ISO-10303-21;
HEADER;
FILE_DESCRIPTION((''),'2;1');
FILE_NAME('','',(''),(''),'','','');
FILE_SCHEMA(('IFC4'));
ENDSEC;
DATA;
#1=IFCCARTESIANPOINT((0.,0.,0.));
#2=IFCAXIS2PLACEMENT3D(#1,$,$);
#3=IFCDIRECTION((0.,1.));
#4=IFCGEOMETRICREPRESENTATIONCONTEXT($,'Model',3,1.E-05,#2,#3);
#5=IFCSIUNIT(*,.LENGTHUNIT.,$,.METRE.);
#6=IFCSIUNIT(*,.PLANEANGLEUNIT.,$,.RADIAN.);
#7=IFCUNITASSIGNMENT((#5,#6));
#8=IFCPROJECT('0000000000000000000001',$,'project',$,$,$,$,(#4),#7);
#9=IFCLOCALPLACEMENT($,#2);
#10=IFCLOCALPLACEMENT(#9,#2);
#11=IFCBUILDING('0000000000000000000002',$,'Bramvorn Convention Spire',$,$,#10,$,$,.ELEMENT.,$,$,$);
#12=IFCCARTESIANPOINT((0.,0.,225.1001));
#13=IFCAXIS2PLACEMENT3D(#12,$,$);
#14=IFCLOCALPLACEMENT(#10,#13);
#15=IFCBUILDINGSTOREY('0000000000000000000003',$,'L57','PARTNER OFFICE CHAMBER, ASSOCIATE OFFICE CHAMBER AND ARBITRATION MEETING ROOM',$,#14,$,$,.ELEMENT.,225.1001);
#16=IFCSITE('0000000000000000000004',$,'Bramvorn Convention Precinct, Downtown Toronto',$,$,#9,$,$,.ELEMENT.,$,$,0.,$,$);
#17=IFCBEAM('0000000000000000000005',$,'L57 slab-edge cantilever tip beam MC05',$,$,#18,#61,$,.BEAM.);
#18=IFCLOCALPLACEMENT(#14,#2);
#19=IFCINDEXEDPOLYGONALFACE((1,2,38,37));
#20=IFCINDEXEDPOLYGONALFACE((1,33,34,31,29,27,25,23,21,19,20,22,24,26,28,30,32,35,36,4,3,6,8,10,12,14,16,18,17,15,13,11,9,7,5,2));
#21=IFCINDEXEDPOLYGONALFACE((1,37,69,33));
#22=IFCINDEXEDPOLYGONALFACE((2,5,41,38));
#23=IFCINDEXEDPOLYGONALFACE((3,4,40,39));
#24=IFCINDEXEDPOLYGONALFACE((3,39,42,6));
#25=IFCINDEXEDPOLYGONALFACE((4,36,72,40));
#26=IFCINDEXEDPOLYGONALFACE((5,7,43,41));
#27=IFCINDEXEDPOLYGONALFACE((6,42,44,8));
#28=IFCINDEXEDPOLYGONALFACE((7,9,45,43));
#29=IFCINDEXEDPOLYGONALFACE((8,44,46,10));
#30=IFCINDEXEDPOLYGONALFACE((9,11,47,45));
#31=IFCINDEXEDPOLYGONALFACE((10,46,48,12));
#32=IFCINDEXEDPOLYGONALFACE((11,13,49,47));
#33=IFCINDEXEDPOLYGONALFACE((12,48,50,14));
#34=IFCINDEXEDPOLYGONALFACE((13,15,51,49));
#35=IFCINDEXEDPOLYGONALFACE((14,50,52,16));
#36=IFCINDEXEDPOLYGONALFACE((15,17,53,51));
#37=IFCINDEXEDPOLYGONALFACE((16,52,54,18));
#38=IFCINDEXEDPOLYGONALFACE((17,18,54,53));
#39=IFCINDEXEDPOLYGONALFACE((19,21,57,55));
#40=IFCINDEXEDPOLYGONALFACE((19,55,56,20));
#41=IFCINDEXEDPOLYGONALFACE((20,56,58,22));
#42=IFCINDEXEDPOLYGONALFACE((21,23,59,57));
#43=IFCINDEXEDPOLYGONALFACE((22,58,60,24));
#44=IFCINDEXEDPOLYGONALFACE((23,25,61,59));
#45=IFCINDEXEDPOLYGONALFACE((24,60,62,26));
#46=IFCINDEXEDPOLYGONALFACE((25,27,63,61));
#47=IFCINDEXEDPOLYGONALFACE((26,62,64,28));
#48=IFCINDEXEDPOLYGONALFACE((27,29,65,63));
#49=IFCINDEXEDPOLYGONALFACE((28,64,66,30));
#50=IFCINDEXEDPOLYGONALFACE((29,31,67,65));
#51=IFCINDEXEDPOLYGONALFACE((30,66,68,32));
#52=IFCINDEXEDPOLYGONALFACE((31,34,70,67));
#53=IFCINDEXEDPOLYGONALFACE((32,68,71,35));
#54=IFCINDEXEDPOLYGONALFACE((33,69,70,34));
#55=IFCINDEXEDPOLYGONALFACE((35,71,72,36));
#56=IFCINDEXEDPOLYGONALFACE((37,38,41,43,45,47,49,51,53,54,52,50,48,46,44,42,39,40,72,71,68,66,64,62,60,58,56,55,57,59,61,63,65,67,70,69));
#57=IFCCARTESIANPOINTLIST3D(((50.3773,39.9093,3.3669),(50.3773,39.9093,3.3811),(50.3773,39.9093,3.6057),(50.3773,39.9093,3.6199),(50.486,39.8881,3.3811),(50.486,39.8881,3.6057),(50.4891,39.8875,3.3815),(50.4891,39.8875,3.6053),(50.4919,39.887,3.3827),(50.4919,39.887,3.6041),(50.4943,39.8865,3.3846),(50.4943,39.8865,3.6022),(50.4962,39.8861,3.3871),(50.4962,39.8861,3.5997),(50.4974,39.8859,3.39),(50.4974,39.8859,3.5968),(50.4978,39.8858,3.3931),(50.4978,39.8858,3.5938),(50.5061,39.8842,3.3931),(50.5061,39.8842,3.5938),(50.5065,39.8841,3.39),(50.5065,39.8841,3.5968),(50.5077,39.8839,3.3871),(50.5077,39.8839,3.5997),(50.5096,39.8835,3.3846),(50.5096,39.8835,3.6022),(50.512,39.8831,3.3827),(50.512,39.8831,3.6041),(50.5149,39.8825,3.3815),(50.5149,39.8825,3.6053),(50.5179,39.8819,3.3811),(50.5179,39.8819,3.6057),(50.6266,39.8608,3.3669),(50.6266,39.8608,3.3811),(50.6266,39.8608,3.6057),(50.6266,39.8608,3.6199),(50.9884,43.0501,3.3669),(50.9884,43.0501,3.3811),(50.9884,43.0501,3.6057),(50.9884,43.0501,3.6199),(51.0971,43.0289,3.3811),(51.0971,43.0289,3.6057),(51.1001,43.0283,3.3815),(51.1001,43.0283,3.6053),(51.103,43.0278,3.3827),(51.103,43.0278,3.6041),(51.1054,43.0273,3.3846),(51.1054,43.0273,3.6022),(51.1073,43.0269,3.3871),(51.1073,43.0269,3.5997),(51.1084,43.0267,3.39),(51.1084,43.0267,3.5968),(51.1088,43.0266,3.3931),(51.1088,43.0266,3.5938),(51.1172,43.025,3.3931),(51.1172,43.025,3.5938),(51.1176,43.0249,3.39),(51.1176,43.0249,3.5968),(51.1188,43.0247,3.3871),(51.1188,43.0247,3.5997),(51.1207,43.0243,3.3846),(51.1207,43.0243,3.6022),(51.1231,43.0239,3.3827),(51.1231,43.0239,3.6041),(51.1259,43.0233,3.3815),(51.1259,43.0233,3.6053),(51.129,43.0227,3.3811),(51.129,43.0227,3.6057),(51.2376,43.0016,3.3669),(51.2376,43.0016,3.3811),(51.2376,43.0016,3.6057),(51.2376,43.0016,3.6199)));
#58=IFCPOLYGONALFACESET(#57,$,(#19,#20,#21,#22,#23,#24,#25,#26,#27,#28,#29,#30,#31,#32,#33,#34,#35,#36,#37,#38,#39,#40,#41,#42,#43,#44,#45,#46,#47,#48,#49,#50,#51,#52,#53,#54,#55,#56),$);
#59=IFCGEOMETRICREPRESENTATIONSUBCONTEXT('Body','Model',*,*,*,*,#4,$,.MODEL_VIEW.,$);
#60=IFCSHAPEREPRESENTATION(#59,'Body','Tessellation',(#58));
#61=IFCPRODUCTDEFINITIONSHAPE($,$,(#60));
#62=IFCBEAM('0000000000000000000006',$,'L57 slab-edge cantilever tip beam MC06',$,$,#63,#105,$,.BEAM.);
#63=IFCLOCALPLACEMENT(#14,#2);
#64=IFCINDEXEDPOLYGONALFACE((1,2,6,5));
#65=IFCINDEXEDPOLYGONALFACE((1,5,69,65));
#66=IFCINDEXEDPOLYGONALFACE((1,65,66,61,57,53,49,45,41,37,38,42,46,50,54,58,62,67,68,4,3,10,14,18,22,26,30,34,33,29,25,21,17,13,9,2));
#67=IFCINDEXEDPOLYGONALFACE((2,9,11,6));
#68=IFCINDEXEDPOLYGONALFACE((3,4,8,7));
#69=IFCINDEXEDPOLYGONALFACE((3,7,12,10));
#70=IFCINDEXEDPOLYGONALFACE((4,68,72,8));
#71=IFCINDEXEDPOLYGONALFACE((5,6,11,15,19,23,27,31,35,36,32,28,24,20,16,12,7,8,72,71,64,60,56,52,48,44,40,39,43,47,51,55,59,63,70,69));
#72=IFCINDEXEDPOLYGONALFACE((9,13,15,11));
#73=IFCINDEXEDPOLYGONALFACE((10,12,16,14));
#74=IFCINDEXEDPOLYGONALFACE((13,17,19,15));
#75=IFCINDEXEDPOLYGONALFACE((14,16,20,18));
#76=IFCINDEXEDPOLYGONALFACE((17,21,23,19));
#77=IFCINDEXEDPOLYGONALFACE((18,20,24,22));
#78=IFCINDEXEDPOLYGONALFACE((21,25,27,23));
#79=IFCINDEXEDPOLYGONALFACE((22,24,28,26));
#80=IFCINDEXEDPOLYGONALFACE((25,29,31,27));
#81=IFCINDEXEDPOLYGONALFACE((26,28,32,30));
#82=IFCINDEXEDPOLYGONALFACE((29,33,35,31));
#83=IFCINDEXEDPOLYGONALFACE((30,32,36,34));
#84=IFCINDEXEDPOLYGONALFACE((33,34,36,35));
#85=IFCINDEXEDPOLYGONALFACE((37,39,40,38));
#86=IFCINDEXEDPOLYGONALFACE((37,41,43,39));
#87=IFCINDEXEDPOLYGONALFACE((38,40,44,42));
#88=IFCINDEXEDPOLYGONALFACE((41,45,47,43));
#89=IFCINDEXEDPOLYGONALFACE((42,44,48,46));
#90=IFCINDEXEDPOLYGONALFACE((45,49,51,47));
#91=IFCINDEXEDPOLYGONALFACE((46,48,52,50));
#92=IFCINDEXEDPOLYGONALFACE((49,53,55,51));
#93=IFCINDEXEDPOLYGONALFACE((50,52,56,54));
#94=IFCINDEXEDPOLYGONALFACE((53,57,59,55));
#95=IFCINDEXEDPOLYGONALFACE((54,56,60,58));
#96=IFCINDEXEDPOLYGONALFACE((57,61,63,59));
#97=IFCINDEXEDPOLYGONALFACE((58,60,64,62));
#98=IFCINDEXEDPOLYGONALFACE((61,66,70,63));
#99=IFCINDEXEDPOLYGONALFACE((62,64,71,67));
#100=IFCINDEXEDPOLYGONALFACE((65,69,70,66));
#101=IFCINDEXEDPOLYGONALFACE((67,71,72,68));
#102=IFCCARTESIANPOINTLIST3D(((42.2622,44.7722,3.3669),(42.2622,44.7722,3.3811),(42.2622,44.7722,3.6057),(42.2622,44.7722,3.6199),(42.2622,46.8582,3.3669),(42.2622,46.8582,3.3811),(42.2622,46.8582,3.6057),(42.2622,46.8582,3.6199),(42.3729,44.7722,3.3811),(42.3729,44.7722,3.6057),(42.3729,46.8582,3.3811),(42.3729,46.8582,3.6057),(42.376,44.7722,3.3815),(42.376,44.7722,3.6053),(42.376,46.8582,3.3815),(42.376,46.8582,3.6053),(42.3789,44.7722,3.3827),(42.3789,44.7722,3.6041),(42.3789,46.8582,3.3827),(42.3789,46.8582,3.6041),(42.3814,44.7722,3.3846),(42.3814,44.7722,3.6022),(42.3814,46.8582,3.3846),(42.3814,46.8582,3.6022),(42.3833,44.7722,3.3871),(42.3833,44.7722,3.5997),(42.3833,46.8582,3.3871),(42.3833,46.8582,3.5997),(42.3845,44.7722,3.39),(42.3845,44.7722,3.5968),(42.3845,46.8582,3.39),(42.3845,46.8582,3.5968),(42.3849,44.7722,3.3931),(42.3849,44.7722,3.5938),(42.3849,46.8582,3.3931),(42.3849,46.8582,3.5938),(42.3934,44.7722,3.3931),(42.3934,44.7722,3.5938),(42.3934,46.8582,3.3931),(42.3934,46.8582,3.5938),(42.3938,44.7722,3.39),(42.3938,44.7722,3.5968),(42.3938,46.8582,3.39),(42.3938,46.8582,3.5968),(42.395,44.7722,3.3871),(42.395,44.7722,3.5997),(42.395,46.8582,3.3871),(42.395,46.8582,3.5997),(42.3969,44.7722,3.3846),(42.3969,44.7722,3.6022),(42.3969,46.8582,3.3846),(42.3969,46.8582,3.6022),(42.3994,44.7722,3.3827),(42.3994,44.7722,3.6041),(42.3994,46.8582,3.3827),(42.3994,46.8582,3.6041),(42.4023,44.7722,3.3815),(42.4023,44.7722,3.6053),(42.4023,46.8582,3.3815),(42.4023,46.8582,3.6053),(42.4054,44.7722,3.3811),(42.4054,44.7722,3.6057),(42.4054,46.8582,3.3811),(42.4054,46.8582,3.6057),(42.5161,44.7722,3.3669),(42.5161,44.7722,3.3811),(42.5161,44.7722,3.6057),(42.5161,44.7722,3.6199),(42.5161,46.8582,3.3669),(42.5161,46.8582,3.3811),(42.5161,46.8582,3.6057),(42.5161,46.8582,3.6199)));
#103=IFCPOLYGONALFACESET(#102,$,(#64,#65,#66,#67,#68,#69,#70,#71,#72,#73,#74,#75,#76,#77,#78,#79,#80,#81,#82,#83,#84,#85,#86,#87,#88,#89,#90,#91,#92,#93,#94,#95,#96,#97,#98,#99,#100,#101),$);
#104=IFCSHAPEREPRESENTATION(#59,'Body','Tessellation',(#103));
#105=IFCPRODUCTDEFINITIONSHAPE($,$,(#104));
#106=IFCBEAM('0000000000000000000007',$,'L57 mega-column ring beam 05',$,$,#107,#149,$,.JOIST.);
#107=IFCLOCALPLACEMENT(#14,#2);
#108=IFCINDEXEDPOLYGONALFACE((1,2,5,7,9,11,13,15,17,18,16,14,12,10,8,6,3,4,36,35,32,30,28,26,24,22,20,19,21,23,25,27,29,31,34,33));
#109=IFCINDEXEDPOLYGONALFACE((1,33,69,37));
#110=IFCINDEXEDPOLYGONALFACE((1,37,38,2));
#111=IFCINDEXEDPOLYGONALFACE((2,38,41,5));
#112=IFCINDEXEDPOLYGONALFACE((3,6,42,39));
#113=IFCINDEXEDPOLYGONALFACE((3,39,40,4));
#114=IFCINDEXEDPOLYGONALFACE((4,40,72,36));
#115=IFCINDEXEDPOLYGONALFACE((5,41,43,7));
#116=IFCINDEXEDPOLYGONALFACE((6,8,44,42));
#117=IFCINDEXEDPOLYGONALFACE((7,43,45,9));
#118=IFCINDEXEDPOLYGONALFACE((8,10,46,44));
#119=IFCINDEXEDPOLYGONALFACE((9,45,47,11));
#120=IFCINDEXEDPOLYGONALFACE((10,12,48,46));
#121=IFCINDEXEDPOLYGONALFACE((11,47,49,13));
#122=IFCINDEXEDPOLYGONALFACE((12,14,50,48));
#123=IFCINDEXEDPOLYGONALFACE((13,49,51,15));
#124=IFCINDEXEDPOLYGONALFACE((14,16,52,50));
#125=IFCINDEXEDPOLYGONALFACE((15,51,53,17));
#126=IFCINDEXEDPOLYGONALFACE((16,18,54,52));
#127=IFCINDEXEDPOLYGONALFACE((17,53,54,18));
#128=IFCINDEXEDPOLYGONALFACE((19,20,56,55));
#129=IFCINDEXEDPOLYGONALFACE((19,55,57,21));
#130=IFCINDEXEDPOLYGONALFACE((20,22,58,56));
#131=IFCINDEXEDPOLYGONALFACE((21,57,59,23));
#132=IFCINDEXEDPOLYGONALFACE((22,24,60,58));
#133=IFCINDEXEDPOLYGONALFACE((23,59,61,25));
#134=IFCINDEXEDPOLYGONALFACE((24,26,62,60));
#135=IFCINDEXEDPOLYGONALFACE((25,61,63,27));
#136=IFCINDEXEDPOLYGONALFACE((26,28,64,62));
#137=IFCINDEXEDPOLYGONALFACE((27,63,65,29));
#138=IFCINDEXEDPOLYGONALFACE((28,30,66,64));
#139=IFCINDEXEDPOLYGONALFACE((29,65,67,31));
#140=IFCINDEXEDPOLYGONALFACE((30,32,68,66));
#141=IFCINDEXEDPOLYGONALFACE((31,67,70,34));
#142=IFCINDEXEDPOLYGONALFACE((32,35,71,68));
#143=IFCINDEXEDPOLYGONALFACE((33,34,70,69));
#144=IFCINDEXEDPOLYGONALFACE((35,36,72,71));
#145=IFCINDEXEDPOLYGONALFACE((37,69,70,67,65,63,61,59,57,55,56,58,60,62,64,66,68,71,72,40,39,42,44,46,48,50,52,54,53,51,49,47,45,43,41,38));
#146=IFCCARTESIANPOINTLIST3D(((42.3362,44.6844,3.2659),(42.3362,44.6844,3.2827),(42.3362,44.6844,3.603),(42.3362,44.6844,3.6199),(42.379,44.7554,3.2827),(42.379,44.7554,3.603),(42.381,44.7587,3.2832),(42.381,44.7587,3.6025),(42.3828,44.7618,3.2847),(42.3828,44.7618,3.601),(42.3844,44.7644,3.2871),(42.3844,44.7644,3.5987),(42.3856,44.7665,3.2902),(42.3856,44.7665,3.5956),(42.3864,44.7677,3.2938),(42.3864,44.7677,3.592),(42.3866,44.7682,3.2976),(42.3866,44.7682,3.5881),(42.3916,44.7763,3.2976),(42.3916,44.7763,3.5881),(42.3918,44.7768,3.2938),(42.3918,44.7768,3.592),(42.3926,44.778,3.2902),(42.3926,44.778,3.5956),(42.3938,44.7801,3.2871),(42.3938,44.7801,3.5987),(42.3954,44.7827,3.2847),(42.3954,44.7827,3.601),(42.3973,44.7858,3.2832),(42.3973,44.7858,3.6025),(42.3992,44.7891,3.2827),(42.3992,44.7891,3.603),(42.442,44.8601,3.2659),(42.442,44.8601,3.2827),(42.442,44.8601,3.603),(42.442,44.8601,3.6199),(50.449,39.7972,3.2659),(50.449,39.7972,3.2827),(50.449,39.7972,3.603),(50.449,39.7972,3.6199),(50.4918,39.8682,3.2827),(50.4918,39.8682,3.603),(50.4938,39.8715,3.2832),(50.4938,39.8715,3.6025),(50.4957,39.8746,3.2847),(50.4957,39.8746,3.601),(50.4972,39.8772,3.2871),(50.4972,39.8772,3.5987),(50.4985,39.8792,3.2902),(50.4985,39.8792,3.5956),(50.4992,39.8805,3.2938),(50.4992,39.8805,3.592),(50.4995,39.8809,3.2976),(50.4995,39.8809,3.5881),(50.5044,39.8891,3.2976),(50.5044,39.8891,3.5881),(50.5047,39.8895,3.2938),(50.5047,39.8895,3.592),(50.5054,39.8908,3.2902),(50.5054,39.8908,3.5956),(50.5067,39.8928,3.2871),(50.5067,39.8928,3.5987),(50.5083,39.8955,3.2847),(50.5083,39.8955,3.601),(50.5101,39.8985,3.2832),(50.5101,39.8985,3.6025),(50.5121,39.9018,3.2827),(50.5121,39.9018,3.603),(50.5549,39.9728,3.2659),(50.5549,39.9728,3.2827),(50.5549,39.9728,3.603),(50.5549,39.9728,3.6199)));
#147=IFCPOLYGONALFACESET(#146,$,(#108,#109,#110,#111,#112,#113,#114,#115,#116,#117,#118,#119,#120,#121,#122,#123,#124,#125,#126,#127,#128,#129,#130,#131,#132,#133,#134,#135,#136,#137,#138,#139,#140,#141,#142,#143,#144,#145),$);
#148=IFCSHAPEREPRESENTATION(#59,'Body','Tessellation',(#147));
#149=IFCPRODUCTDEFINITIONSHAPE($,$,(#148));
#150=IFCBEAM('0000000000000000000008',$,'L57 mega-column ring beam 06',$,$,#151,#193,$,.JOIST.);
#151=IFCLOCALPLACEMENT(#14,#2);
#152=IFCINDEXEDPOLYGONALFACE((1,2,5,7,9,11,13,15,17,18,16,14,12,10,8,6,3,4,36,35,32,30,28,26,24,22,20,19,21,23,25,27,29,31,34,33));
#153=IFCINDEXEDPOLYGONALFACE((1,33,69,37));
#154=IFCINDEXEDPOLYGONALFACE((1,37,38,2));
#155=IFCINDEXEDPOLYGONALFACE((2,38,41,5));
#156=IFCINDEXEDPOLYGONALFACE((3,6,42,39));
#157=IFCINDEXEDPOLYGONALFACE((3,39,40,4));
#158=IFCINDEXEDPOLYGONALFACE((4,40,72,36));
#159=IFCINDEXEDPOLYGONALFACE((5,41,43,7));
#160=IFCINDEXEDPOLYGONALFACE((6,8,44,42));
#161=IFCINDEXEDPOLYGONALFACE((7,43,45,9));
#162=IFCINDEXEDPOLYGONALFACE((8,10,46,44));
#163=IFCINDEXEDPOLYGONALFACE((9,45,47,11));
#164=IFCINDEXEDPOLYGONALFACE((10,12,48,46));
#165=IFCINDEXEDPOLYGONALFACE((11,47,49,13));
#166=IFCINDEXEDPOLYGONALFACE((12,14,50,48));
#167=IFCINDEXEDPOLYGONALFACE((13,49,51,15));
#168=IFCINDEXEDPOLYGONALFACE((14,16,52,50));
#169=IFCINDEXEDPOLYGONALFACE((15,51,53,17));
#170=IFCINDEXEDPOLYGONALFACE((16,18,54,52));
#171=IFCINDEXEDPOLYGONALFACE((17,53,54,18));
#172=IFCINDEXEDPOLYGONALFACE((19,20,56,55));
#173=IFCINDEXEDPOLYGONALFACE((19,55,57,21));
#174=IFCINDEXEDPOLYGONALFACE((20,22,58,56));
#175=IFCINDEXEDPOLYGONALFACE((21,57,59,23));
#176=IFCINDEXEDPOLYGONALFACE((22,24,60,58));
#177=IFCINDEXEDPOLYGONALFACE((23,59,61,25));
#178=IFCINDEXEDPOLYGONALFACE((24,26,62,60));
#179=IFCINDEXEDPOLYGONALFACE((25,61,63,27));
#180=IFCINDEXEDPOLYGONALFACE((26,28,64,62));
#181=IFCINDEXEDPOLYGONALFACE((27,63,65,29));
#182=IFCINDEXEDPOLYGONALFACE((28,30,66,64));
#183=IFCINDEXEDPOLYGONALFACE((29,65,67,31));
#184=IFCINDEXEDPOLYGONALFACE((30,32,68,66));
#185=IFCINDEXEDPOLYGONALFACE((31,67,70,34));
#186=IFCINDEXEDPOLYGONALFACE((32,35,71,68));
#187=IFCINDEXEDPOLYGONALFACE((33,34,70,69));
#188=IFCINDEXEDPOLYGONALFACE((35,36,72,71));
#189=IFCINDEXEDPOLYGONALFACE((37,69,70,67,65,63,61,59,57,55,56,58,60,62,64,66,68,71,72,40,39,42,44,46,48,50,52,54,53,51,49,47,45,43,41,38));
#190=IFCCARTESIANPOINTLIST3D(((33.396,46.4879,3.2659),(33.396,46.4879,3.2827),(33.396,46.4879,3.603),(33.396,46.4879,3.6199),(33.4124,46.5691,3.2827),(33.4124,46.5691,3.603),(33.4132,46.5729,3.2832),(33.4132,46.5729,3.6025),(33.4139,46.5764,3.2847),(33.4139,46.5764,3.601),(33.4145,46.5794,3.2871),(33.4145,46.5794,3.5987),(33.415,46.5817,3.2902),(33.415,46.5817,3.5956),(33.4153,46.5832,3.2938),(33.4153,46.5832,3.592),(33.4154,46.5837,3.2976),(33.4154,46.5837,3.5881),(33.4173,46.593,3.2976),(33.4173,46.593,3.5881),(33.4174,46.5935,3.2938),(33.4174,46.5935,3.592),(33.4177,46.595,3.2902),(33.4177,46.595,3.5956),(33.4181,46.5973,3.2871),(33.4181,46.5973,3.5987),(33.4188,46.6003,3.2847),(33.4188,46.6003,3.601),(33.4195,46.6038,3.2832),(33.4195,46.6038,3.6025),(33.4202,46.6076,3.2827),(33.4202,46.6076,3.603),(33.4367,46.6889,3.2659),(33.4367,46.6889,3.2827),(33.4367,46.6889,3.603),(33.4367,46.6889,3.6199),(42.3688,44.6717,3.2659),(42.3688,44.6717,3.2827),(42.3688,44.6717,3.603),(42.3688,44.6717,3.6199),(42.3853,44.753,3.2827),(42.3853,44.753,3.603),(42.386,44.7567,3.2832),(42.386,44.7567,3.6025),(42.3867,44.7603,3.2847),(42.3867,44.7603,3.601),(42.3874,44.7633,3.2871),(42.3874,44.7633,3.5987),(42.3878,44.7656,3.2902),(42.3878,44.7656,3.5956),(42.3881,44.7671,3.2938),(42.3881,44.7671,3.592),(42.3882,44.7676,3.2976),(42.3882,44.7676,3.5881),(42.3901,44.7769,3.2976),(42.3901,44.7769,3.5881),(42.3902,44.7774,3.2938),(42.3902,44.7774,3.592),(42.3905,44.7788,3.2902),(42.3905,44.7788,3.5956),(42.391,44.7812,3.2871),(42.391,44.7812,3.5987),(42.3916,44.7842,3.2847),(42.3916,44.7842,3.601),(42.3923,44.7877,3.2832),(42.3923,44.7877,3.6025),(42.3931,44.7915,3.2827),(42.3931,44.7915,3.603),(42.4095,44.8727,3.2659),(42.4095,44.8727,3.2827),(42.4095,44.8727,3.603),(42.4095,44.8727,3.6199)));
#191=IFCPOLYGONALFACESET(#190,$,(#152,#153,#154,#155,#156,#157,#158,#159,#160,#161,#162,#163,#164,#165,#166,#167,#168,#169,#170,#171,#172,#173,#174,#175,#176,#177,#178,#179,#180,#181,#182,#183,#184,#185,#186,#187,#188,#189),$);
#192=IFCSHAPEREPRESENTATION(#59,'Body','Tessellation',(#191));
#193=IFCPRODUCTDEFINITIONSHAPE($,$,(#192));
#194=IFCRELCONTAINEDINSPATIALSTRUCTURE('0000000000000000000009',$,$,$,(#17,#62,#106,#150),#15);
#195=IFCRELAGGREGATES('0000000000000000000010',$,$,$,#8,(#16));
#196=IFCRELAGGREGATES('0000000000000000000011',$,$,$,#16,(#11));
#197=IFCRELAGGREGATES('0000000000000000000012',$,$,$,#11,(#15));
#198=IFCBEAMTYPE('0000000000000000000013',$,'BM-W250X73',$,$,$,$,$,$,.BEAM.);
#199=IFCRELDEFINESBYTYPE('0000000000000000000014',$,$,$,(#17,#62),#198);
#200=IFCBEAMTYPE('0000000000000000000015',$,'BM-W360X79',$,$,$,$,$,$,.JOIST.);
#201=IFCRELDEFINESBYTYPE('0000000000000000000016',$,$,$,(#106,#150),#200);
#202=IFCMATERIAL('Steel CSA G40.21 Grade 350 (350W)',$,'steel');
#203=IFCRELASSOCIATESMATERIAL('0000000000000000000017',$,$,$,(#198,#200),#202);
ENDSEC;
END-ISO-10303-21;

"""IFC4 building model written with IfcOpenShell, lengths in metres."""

from ifc_helpers import new_model, si_unit, direction, frame, origin, origin_2d, place, context, subcontext, project, spatial, i_section, extrude, material, material_profile, profile_set, type_object, element, save


model = new_model("IFC4")

# Units and contexts
model_context = context("Model", 3, precision=1e-05, world=origin(), true_north=direction((0.0, 1.0)))
body_context = subcontext(model_context, "Body", "Model", "MODEL_VIEW")
ifc_project = project(units=[si_unit("LENGTHUNIT", "METRE"), si_unit("PLANEANGLEUNIT", "RADIAN")], contexts=[model_context])

# Site, building, storey
site_placement = place(None, origin())
site = spatial("IfcSite", under=ifc_project, at=site_placement, Name="Bramvorn Convention Precinct, Downtown Toronto", CompositionType="ELEMENT", RefElevation=0.0)
building_placement = place(site_placement, origin())
building = spatial("IfcBuilding", under=site, at=building_placement, Name="Bramvorn Convention Spire", CompositionType="ELEMENT")
storey_placement = place(building_placement, frame((0.0, 0.0, 225.1001)))
storey = spatial("IfcBuildingStorey", under=building, at=storey_placement, Name="L57", Description="PARTNER OFFICE CHAMBER, ASSOCIATE OFFICE CHAMBER AND ARBITRATION MEETING ROOM", CompositionType="ELEMENT", Elevation=225.1001)

# Shared definitions
ifc_material_1 = material(Name="Steel CSA G40.21 Grade 350 (350W)", Category="steel")

# Beams
ifc_material_profile_1 = material_profile(ifc_material_1, i_section(OverallWidth=0.2539, OverallDepth=0.2529, WebThickness=0.0085, FlangeThickness=0.0142, FilletRadius=0.012, at=origin_2d()))
ifc_profile_set_1 = profile_set([ifc_material_profile_1], Name="Steel CSA G40.21 Grade 350 (350W) - W250X73")
beam_type_1 = type_object("IfcBeamType", Name="BM-W250X73", PredefinedType="BEAM", material=ifc_profile_set_1)
beam_1_placement = place(storey_placement, frame((50.502, 39.885, 3.4934), z_axis=(0.190978, 0.981594, 0.0), x_axis=(-0.981594, 0.190978, 0.0)))
element("IfcBeam", 1, at=beam_1_placement, inside=storey, type_object=beam_type_1, Name="L57 slab-edge cantilever tip beam MC05", PredefinedType="BEAM", context=body_context, shape_type="SweptSolid", body=[
    extrude(i_section(OverallWidth=0.2539, OverallDepth=0.2529, WebThickness=0.0085, FlangeThickness=0.0142, FilletRadius=0.012, at=origin_2d()), origin(), (0.0, 0.0, 1.0), 3.1997),
])
beam_2_placement = place(storey_placement, frame((42.3892, 44.7722, 3.4934), z_axis=(0.0, 1.0, 0.0), x_axis=(-1.0, 0.0, 0.0)))
element("IfcBeam", 2, at=beam_2_placement, inside=storey, type_object=beam_type_1, Name="L57 slab-edge cantilever tip beam MC06", PredefinedType="BEAM", context=body_context, shape_type="SweptSolid", body=[
    extrude(i_section(OverallWidth=0.2539, OverallDepth=0.2529, WebThickness=0.0085, FlangeThickness=0.0142, FilletRadius=0.012, at=origin_2d()), origin(), (0.0, 0.0, 1.0), 2.0859),
])
ifc_material_profile_2 = material_profile(ifc_material_1, i_section(OverallWidth=0.2051, OverallDepth=0.354, WebThickness=0.0095, FlangeThickness=0.0168, FilletRadius=0.0149, at=origin_2d()))
ifc_profile_set_2 = profile_set([ifc_material_profile_2], Name="Steel CSA G40.21 Grade 350 (350W) - W360X79")
beam_type_2 = type_object("IfcBeamType", Name="BM-W360X79", PredefinedType="JOIST", material=ifc_profile_set_2)
beam_3_placement = place(storey_placement, frame((50.502, 39.885, 3.4429), z_axis=(-0.856582, 0.516011, 0.0), x_axis=(-0.516011, -0.856582, 0.0)))
element("IfcBeam", 3, at=beam_3_placement, inside=storey, type_object=beam_type_2, Name="L57 mega-column ring beam 05", PredefinedType="JOIST", context=body_context, shape_type="SweptSolid", body=[
    extrude(i_section(OverallWidth=0.2051, OverallDepth=0.354, WebThickness=0.0095, FlangeThickness=0.0168, FilletRadius=0.0149, at=origin_2d()), origin(), (0.0, 0.0, 1.0), 9.4712),
])
beam_4_placement = place(storey_placement, frame((42.3892, 44.7722, 3.4429), z_axis=(-0.980125, 0.198382, 0.0), x_axis=(-0.198382, -0.980125, 0.0)))
element("IfcBeam", 4, at=beam_4_placement, inside=storey, type_object=beam_type_2, Name="L57 mega-column ring beam 06", PredefinedType="JOIST", context=body_context, shape_type="SweptSolid", body=[
    extrude(i_section(OverallWidth=0.2051, OverallDepth=0.354, WebThickness=0.0095, FlangeThickness=0.0168, FilletRadius=0.0149, at=origin_2d()), origin(), (0.0, 0.0, 1.0), 9.1548),
])

save(model, "model.ifc")
